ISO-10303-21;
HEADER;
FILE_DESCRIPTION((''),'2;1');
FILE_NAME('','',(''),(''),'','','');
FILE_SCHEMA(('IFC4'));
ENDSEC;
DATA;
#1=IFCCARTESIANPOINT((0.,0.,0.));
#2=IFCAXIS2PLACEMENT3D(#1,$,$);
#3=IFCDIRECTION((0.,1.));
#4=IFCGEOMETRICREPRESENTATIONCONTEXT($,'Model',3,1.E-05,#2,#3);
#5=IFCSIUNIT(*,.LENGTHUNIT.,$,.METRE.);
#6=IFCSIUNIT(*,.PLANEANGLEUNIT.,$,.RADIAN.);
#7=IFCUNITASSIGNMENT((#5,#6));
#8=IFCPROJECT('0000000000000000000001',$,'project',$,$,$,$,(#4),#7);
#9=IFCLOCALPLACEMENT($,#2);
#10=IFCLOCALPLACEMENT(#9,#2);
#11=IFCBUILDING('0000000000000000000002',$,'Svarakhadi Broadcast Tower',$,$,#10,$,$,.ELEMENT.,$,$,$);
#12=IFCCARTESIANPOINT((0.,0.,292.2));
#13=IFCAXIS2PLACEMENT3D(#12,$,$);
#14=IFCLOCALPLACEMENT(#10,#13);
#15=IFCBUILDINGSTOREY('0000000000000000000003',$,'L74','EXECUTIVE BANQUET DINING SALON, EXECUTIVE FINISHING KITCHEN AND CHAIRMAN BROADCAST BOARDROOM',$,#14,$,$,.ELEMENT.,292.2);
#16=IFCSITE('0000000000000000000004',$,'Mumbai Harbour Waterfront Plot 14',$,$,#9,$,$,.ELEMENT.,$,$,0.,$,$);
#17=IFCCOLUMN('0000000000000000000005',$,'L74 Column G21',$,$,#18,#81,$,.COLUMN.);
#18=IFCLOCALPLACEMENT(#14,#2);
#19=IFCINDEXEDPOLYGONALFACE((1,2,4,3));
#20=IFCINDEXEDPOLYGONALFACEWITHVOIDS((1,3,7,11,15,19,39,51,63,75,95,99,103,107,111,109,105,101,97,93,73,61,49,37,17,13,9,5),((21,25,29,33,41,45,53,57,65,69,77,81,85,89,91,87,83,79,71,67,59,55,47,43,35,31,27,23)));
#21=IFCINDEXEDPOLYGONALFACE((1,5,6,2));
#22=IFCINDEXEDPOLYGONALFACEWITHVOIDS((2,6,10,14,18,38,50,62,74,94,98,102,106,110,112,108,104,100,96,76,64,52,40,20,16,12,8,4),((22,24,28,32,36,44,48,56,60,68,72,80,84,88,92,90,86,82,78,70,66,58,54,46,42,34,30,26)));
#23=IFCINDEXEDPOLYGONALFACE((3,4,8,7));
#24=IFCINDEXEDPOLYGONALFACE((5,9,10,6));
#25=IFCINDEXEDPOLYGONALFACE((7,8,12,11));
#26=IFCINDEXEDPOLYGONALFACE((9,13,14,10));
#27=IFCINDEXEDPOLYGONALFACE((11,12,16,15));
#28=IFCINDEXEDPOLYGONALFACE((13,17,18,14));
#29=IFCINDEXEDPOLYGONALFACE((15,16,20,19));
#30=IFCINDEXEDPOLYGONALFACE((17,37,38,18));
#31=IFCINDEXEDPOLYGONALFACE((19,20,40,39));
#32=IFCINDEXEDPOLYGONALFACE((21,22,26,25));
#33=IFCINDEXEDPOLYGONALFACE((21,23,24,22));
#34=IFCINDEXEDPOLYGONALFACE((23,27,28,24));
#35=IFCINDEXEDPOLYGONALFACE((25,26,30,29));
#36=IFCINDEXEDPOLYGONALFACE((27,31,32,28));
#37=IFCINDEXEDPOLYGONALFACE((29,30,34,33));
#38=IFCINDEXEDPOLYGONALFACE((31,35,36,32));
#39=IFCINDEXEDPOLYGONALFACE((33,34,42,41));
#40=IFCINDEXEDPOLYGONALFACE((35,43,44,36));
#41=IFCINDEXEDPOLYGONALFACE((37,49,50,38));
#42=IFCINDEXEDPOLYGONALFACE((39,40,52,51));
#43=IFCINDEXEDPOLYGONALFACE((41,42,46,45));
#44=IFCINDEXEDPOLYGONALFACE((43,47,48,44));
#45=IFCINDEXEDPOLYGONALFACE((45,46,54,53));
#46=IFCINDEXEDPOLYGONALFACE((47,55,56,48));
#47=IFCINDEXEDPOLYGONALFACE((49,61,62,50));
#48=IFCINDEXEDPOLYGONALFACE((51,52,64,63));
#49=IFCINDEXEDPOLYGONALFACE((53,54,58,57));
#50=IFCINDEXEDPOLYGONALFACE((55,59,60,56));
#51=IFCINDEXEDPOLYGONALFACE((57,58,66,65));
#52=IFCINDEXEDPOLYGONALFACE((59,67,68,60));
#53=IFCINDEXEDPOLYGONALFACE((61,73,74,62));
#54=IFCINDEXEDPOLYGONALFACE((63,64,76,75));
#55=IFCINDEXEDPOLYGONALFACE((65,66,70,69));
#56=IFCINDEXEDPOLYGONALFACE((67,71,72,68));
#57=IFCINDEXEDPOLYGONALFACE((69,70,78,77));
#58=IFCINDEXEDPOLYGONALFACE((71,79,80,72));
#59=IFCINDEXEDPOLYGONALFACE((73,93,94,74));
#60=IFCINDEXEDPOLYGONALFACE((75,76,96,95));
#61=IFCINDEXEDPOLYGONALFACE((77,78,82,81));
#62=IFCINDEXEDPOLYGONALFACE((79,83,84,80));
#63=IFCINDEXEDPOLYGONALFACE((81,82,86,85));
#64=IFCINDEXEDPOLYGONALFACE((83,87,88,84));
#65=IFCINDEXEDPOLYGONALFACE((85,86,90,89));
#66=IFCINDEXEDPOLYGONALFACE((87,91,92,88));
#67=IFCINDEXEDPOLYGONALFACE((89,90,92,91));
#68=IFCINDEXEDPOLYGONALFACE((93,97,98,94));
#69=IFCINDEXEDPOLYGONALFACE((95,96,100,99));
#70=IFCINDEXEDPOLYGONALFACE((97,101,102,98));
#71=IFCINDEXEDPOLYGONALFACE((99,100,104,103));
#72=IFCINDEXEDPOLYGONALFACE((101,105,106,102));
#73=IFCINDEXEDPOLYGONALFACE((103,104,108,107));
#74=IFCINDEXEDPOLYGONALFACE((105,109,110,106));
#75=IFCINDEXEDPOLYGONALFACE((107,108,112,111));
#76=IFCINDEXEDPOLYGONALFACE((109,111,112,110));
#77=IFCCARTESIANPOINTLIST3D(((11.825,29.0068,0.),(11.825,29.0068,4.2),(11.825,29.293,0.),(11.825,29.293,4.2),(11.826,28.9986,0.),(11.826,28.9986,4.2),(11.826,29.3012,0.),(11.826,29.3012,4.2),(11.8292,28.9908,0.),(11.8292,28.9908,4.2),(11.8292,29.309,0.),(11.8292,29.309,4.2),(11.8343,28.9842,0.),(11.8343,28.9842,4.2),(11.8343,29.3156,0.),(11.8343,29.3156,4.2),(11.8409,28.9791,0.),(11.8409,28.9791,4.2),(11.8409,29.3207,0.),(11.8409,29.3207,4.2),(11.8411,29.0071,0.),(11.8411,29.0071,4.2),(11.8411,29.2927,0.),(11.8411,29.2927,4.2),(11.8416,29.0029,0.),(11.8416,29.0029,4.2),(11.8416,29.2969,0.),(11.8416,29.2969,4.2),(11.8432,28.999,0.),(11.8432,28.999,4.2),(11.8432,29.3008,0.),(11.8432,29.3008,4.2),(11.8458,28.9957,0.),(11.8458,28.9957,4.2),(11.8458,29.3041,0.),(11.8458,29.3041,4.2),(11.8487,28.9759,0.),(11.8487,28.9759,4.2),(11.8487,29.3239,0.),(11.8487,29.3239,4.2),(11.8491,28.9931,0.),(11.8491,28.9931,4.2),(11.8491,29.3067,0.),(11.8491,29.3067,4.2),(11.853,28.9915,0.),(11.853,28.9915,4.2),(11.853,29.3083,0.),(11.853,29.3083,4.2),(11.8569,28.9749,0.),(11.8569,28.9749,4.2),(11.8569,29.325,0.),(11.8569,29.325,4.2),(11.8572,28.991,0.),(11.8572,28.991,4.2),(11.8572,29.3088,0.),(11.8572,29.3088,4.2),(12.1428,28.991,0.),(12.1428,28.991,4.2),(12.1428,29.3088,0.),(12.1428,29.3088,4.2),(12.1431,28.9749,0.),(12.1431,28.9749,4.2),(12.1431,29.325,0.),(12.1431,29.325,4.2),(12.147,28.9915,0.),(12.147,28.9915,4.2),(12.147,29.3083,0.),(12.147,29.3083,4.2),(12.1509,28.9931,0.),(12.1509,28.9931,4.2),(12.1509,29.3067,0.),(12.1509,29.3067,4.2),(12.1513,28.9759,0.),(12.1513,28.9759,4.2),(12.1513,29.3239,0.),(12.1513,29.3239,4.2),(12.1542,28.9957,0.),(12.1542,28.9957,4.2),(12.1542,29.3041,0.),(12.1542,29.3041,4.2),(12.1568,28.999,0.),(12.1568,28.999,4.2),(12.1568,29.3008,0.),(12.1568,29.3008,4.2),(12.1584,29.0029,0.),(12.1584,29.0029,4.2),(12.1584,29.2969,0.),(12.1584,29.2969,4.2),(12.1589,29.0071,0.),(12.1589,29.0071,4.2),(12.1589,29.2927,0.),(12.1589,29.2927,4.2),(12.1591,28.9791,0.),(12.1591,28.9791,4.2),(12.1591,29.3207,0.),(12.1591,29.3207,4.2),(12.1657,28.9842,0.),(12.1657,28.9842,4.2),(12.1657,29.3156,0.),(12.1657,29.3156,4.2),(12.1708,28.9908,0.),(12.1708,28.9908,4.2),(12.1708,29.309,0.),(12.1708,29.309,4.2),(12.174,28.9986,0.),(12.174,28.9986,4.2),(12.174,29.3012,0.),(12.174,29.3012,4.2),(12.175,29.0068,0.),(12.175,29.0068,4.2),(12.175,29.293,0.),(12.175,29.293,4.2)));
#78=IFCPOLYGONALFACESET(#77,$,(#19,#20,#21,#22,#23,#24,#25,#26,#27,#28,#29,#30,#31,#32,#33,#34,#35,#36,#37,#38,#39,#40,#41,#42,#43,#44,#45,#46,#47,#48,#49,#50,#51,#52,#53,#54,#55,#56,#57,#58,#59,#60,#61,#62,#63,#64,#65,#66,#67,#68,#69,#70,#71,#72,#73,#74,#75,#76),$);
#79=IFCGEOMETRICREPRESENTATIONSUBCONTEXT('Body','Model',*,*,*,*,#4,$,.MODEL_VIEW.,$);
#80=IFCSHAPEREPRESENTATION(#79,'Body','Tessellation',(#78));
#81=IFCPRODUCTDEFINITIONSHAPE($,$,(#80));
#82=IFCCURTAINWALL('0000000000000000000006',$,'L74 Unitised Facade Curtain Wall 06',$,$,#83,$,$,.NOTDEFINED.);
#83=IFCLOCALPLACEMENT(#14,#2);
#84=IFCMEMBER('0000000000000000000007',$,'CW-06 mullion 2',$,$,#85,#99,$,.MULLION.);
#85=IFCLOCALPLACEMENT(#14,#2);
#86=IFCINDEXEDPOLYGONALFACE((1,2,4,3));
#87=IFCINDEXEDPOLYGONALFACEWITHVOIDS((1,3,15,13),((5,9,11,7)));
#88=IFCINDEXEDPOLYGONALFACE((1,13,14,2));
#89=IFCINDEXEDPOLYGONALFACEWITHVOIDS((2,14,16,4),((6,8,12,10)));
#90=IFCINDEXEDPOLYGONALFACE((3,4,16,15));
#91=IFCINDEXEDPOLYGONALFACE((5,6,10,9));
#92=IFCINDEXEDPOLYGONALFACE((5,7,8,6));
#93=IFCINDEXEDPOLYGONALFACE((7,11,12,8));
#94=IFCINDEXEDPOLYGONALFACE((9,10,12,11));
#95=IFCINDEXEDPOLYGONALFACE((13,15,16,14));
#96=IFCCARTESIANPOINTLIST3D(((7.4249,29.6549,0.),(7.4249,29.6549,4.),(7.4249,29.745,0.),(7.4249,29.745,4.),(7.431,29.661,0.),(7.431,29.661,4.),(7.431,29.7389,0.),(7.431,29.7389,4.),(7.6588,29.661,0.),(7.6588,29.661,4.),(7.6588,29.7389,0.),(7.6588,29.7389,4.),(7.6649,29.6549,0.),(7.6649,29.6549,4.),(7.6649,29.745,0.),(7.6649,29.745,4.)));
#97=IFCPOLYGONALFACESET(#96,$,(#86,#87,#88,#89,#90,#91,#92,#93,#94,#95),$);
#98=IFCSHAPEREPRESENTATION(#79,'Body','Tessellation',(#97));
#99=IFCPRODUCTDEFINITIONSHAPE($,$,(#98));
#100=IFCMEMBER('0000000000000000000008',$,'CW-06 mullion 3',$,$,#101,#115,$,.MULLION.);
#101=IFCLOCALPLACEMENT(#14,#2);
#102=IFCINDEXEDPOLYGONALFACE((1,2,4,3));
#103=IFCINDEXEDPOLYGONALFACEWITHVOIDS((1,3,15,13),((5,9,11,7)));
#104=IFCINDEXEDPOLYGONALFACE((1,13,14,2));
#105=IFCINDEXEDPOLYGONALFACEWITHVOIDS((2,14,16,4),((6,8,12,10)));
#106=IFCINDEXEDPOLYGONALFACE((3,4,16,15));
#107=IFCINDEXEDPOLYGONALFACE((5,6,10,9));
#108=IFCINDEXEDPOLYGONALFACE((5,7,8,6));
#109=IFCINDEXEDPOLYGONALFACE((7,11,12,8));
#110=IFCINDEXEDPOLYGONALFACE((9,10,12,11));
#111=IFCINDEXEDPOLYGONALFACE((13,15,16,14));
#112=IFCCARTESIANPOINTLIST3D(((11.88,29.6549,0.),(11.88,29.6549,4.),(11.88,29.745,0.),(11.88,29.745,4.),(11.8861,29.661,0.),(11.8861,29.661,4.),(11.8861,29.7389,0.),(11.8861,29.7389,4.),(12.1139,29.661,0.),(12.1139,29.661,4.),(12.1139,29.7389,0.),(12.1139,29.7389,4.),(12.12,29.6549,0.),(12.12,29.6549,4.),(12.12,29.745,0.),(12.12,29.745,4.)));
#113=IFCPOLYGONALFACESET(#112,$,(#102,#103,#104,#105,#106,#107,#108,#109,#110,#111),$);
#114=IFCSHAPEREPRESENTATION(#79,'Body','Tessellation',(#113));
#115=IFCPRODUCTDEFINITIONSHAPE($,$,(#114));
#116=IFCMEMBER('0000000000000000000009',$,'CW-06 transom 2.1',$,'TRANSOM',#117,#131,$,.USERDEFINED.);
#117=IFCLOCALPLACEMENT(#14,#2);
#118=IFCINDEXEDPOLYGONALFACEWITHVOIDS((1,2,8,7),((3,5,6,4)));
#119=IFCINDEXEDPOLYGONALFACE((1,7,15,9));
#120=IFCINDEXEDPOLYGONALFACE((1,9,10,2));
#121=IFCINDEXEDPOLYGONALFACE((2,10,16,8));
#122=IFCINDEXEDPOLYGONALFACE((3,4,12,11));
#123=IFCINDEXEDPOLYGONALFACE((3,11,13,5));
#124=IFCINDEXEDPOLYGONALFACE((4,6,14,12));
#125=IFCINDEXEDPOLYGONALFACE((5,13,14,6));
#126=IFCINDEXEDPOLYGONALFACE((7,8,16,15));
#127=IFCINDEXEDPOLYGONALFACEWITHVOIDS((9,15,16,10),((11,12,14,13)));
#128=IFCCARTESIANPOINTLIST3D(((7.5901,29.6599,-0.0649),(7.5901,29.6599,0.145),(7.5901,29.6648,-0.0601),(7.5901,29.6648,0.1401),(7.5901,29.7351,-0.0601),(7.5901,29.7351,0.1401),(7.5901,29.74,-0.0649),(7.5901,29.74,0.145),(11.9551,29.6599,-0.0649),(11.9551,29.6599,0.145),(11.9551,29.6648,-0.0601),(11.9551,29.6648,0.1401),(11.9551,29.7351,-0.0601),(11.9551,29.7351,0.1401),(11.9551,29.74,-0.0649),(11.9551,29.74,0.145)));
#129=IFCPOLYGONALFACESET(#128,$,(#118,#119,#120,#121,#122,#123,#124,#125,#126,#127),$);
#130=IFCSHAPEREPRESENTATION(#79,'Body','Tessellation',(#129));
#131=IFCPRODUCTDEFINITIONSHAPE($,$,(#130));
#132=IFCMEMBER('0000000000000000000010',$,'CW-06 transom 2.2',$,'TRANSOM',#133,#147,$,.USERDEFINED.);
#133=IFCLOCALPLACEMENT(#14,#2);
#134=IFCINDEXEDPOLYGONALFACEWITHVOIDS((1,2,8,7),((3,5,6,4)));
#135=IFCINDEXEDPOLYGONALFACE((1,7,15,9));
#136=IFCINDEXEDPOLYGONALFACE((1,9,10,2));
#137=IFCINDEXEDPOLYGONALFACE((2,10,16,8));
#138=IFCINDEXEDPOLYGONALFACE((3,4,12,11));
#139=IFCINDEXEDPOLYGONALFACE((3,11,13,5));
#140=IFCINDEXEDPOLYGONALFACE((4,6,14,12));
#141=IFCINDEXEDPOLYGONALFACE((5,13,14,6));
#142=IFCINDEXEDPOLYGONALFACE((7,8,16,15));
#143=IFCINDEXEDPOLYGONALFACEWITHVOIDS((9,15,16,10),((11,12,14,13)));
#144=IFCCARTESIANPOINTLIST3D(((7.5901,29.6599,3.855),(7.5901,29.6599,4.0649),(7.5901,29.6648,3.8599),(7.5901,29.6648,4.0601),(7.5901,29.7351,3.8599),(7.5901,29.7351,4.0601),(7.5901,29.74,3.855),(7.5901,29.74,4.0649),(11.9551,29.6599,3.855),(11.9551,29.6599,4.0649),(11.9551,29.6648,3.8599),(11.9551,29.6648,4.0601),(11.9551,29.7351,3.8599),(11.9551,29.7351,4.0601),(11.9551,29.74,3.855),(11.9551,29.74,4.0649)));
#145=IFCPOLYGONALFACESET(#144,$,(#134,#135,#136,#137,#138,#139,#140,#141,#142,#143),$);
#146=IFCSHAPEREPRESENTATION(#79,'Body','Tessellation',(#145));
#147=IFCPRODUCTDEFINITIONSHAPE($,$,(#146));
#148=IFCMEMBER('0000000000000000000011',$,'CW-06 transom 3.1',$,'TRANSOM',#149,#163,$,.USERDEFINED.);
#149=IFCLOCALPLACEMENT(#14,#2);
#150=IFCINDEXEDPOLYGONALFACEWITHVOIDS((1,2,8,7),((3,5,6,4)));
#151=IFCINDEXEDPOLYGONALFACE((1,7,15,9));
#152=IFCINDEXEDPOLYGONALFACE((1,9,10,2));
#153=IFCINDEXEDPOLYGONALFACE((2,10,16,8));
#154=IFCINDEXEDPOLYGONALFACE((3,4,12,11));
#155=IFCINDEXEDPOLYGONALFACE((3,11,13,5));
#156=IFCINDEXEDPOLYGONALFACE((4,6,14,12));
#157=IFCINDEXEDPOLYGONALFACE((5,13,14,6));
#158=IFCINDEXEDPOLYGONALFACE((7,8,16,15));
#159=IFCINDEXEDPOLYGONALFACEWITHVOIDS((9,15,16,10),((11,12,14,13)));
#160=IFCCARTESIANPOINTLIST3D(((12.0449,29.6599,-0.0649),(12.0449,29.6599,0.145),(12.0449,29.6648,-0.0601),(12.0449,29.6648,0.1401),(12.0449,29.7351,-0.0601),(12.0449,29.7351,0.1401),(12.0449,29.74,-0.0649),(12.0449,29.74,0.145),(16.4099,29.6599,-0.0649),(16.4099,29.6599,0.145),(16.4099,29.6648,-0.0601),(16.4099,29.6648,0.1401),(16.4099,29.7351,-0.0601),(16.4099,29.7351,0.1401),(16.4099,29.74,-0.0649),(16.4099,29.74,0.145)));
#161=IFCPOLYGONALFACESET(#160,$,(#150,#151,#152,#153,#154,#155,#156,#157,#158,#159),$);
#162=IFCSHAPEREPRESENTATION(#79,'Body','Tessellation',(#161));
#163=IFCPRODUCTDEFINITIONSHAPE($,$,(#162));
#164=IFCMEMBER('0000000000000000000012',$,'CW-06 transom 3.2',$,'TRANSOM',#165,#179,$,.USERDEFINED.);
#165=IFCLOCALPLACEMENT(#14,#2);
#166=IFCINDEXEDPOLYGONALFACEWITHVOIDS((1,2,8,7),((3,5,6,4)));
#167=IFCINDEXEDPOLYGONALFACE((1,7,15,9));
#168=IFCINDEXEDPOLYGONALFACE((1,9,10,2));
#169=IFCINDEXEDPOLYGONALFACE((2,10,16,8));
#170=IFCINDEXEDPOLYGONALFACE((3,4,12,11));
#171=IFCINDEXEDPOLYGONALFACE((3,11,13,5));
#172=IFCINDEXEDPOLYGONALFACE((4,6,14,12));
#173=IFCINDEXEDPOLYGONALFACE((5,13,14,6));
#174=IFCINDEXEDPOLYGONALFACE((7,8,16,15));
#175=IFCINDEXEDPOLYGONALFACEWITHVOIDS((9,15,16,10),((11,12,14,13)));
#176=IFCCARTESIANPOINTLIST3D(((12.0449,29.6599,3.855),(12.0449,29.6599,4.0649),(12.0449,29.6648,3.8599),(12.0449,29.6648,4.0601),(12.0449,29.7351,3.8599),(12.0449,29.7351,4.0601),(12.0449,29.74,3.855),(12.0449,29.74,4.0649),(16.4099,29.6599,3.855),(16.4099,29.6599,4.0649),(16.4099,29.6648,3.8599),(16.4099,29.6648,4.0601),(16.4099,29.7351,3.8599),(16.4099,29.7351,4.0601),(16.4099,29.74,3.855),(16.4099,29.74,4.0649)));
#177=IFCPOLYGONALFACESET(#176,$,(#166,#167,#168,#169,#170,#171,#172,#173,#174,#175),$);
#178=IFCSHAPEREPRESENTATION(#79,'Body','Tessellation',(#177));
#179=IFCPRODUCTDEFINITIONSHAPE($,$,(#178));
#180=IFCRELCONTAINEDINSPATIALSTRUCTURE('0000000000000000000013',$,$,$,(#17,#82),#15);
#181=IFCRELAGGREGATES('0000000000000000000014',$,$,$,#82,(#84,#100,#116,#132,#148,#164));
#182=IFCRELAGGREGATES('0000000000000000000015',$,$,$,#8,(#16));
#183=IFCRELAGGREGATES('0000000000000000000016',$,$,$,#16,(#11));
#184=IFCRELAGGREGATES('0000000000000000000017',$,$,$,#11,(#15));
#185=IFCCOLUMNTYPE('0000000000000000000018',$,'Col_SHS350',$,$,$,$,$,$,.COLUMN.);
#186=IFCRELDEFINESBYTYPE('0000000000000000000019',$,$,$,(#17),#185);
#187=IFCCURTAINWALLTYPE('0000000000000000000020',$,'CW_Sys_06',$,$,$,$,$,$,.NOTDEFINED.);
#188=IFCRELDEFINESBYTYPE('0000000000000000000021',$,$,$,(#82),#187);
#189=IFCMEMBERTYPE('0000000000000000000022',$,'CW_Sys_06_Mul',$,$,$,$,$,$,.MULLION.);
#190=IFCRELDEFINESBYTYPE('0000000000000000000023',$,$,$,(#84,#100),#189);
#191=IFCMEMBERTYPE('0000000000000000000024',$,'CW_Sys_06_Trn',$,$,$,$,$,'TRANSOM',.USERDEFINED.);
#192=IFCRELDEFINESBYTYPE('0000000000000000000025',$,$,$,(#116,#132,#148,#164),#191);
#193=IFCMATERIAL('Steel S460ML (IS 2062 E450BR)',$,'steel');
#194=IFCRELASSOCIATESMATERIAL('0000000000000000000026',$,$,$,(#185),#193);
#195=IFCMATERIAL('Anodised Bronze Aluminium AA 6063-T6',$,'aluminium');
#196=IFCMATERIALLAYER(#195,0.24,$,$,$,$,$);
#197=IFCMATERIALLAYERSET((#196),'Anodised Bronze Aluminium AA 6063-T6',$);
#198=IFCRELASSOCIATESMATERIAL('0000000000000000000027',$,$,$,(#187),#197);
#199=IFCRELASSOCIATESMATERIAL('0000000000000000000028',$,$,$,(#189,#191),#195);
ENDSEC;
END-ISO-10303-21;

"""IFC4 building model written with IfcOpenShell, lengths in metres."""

from ifc_helpers import new_model, si_unit, direction, frame, origin, origin_2d, place, context, subcontext, project, spatial, hollow_rectangle, extrude, material, layer, layer_set, material_profile, profile_set, type_object, element, aggregate, save


model = new_model("IFC4")

# Units and contexts
model_context = context("Model", 3, precision=1e-05, world=origin(), true_north=direction((0.0, 1.0)))
body_context = subcontext(model_context, "Body", "Model", "MODEL_VIEW")
ifc_project = project(units=[si_unit("LENGTHUNIT", "METRE"), si_unit("PLANEANGLEUNIT", "RADIAN")], contexts=[model_context])

# Site, building, storey
site_placement = place(None, origin())
site = spatial("IfcSite", under=ifc_project, at=site_placement, Name="Mumbai Harbour Waterfront Plot 14", CompositionType="ELEMENT", RefElevation=0.0)
building_placement = place(site_placement, origin())
building = spatial("IfcBuilding", under=site, at=building_placement, Name="Svarakhadi Broadcast Tower", CompositionType="ELEMENT")
storey_placement = place(building_placement, frame((0.0, 0.0, 292.2)))
storey = spatial("IfcBuildingStorey", under=building, at=storey_placement, Name="L74", Description="EXECUTIVE BANQUET DINING SALON, EXECUTIVE FINISHING KITCHEN AND CHAIRMAN BROADCAST BOARDROOM", CompositionType="ELEMENT", Elevation=292.2)

# Column
ifc_material_1 = material(Name="Steel S460ML (IS 2062 E450BR)", Category="steel")
ifc_material_profile_1 = material_profile(ifc_material_1, hollow_rectangle(XDim=0.3501, YDim=0.3501, WallThickness=0.0161, InnerFilletRadius=0.0161, OuterFilletRadius=0.032, at=origin_2d()), Name="SHS 350x350x16")
ifc_profile_set_1 = profile_set([ifc_material_profile_1], Name="Steel S460ML (IS 2062 E450BR)")
column_type = type_object("IfcColumnType", Name="Col_SHS350", PredefinedType="COLUMN", material=ifc_profile_set_1)
column_placement = place(storey_placement, frame((12.0, 29.1499, 0.0), z_axis=(0.0, 0.0, 1.0), x_axis=(1.0, 0.0, 0.0)))
element("IfcColumn", 1, at=column_placement, inside=storey, type_object=column_type, Name="L74 Column G21", PredefinedType="COLUMN", context=body_context, shape_type="SweptSolid", body=[
    extrude(hollow_rectangle(XDim=0.3501, YDim=0.3501, WallThickness=0.0161, InnerFilletRadius=0.0161, OuterFilletRadius=0.032, at=origin_2d()), origin(), (0.0, 0.0, 1.0), 4.2),
])

# Curtain wall, members
ifc_material_2 = material(Name="Anodised Bronze Aluminium AA 6063-T6", Category="aluminium")
ifc_layer_1 = layer(ifc_material_2, 0.24)
ifc_layer_set_1 = layer_set([ifc_layer_1], Name="Anodised Bronze Aluminium AA 6063-T6")
curtain_wall_type = type_object("IfcCurtainWallType", Name="CW_Sys_06", PredefinedType="NOTDEFINED", material=ifc_layer_set_1)
curtain_wall_placement = place(storey_placement, origin())
curtain_wall = element("IfcCurtainWall", 2, at=curtain_wall_placement, inside=storey, type_object=curtain_wall_type, Name="L74 Unitised Facade Curtain Wall 06", PredefinedType="NOTDEFINED")
ifc_material_profile_2 = material_profile(ifc_material_2, hollow_rectangle(XDim=0.0901, YDim=0.24, WallThickness=0.0061, at=origin_2d()), Name="ALU MULLION 240x90x6")
ifc_profile_set_2 = profile_set([ifc_material_profile_2], Name="Anodised Bronze Aluminium AA 6063-T6")
member_type_1 = type_object("IfcMemberType", Name="CW_Sys_06_Mul", PredefinedType="MULLION", material=ifc_profile_set_2)
member_1_placement = place(storey_placement, frame((7.5449, 29.7, 0.0), z_axis=(0.0, 0.0, 1.0), x_axis=(0.0, 1.0, 0.0)))
member_1 = element("IfcMember", 3, at=member_1_placement, type_object=member_type_1, Name="CW-06 mullion 2", PredefinedType="MULLION", context=body_context, shape_type="SweptSolid", body=[
    extrude(hollow_rectangle(XDim=0.0901, YDim=0.24, WallThickness=0.0061, at=origin_2d()), origin(), (0.0, 0.0, 1.0), 4.0),
])
member_2_placement = place(storey_placement, frame((12.0, 29.7, 0.0), z_axis=(0.0, 0.0, 1.0), x_axis=(0.0, 1.0, 0.0)))
member_2 = element("IfcMember", 4, at=member_2_placement, type_object=member_type_1, Name="CW-06 mullion 3", PredefinedType="MULLION", context=body_context, shape_type="SweptSolid", body=[
    extrude(hollow_rectangle(XDim=0.0901, YDim=0.24, WallThickness=0.0061, at=origin_2d()), origin(), (0.0, 0.0, 1.0), 4.0),
])
ifc_material_profile_3 = material_profile(ifc_material_2, hollow_rectangle(XDim=0.0801, YDim=0.21, WallThickness=0.0049, at=origin_2d()), Name="ALU TRANSOM 210x80x5")
ifc_profile_set_3 = profile_set([ifc_material_profile_3], Name="Anodised Bronze Aluminium AA 6063-T6")
member_type_2 = type_object("IfcMemberType", Name="CW_Sys_06_Trn", ElementType="TRANSOM", PredefinedType="USERDEFINED", material=ifc_profile_set_3)
member_3_placement = place(storey_placement, frame((7.5901, 29.7, 0.04), z_axis=(1.0, 0.0, 0.0), x_axis=(0.0, 1.0, 0.0)))
member_3 = element("IfcMember", 5, at=member_3_placement, type_object=member_type_2, Name="CW-06 transom 2.1", ObjectType="TRANSOM", PredefinedType="USERDEFINED", context=body_context, shape_type="SweptSolid", body=[
    extrude(hollow_rectangle(XDim=0.0801, YDim=0.21, WallThickness=0.0049, at=origin_2d()), origin(), (0.0, 0.0, 1.0), 4.365),
])
member_4_placement = place(storey_placement, frame((7.5901, 29.7, 3.96), z_axis=(1.0, 0.0, 0.0), x_axis=(0.0, 1.0, 0.0)))
member_4 = element("IfcMember", 6, at=member_4_placement, type_object=member_type_2, Name="CW-06 transom 2.2", ObjectType="TRANSOM", PredefinedType="USERDEFINED", context=body_context, shape_type="SweptSolid", body=[
    extrude(hollow_rectangle(XDim=0.0801, YDim=0.21, WallThickness=0.0049, at=origin_2d()), origin(), (0.0, 0.0, 1.0), 4.365),
])
member_5_placement = place(storey_placement, frame((12.0449, 29.7, 0.04), z_axis=(1.0, 0.0, 0.0), x_axis=(0.0, 1.0, 0.0)))
member_5 = element("IfcMember", 7, at=member_5_placement, type_object=member_type_2, Name="CW-06 transom 3.1", ObjectType="TRANSOM", PredefinedType="USERDEFINED", context=body_context, shape_type="SweptSolid", body=[
    extrude(hollow_rectangle(XDim=0.0801, YDim=0.21, WallThickness=0.0049, at=origin_2d()), origin(), (0.0, 0.0, 1.0), 4.365),
])
member_6_placement = place(storey_placement, frame((12.0449, 29.7, 3.96), z_axis=(1.0, 0.0, 0.0), x_axis=(0.0, 1.0, 0.0)))
member_6 = element("IfcMember", 8, at=member_6_placement, type_object=member_type_2, Name="CW-06 transom 3.2", ObjectType="TRANSOM", PredefinedType="USERDEFINED", context=body_context, shape_type="SweptSolid", body=[
    extrude(hollow_rectangle(XDim=0.0801, YDim=0.21, WallThickness=0.0049, at=origin_2d()), origin(), (0.0, 0.0, 1.0), 4.365),
])

aggregate(curtain_wall, [member_1, member_2, member_3, member_4, member_5, member_6])

save(model, "model.ifc")
